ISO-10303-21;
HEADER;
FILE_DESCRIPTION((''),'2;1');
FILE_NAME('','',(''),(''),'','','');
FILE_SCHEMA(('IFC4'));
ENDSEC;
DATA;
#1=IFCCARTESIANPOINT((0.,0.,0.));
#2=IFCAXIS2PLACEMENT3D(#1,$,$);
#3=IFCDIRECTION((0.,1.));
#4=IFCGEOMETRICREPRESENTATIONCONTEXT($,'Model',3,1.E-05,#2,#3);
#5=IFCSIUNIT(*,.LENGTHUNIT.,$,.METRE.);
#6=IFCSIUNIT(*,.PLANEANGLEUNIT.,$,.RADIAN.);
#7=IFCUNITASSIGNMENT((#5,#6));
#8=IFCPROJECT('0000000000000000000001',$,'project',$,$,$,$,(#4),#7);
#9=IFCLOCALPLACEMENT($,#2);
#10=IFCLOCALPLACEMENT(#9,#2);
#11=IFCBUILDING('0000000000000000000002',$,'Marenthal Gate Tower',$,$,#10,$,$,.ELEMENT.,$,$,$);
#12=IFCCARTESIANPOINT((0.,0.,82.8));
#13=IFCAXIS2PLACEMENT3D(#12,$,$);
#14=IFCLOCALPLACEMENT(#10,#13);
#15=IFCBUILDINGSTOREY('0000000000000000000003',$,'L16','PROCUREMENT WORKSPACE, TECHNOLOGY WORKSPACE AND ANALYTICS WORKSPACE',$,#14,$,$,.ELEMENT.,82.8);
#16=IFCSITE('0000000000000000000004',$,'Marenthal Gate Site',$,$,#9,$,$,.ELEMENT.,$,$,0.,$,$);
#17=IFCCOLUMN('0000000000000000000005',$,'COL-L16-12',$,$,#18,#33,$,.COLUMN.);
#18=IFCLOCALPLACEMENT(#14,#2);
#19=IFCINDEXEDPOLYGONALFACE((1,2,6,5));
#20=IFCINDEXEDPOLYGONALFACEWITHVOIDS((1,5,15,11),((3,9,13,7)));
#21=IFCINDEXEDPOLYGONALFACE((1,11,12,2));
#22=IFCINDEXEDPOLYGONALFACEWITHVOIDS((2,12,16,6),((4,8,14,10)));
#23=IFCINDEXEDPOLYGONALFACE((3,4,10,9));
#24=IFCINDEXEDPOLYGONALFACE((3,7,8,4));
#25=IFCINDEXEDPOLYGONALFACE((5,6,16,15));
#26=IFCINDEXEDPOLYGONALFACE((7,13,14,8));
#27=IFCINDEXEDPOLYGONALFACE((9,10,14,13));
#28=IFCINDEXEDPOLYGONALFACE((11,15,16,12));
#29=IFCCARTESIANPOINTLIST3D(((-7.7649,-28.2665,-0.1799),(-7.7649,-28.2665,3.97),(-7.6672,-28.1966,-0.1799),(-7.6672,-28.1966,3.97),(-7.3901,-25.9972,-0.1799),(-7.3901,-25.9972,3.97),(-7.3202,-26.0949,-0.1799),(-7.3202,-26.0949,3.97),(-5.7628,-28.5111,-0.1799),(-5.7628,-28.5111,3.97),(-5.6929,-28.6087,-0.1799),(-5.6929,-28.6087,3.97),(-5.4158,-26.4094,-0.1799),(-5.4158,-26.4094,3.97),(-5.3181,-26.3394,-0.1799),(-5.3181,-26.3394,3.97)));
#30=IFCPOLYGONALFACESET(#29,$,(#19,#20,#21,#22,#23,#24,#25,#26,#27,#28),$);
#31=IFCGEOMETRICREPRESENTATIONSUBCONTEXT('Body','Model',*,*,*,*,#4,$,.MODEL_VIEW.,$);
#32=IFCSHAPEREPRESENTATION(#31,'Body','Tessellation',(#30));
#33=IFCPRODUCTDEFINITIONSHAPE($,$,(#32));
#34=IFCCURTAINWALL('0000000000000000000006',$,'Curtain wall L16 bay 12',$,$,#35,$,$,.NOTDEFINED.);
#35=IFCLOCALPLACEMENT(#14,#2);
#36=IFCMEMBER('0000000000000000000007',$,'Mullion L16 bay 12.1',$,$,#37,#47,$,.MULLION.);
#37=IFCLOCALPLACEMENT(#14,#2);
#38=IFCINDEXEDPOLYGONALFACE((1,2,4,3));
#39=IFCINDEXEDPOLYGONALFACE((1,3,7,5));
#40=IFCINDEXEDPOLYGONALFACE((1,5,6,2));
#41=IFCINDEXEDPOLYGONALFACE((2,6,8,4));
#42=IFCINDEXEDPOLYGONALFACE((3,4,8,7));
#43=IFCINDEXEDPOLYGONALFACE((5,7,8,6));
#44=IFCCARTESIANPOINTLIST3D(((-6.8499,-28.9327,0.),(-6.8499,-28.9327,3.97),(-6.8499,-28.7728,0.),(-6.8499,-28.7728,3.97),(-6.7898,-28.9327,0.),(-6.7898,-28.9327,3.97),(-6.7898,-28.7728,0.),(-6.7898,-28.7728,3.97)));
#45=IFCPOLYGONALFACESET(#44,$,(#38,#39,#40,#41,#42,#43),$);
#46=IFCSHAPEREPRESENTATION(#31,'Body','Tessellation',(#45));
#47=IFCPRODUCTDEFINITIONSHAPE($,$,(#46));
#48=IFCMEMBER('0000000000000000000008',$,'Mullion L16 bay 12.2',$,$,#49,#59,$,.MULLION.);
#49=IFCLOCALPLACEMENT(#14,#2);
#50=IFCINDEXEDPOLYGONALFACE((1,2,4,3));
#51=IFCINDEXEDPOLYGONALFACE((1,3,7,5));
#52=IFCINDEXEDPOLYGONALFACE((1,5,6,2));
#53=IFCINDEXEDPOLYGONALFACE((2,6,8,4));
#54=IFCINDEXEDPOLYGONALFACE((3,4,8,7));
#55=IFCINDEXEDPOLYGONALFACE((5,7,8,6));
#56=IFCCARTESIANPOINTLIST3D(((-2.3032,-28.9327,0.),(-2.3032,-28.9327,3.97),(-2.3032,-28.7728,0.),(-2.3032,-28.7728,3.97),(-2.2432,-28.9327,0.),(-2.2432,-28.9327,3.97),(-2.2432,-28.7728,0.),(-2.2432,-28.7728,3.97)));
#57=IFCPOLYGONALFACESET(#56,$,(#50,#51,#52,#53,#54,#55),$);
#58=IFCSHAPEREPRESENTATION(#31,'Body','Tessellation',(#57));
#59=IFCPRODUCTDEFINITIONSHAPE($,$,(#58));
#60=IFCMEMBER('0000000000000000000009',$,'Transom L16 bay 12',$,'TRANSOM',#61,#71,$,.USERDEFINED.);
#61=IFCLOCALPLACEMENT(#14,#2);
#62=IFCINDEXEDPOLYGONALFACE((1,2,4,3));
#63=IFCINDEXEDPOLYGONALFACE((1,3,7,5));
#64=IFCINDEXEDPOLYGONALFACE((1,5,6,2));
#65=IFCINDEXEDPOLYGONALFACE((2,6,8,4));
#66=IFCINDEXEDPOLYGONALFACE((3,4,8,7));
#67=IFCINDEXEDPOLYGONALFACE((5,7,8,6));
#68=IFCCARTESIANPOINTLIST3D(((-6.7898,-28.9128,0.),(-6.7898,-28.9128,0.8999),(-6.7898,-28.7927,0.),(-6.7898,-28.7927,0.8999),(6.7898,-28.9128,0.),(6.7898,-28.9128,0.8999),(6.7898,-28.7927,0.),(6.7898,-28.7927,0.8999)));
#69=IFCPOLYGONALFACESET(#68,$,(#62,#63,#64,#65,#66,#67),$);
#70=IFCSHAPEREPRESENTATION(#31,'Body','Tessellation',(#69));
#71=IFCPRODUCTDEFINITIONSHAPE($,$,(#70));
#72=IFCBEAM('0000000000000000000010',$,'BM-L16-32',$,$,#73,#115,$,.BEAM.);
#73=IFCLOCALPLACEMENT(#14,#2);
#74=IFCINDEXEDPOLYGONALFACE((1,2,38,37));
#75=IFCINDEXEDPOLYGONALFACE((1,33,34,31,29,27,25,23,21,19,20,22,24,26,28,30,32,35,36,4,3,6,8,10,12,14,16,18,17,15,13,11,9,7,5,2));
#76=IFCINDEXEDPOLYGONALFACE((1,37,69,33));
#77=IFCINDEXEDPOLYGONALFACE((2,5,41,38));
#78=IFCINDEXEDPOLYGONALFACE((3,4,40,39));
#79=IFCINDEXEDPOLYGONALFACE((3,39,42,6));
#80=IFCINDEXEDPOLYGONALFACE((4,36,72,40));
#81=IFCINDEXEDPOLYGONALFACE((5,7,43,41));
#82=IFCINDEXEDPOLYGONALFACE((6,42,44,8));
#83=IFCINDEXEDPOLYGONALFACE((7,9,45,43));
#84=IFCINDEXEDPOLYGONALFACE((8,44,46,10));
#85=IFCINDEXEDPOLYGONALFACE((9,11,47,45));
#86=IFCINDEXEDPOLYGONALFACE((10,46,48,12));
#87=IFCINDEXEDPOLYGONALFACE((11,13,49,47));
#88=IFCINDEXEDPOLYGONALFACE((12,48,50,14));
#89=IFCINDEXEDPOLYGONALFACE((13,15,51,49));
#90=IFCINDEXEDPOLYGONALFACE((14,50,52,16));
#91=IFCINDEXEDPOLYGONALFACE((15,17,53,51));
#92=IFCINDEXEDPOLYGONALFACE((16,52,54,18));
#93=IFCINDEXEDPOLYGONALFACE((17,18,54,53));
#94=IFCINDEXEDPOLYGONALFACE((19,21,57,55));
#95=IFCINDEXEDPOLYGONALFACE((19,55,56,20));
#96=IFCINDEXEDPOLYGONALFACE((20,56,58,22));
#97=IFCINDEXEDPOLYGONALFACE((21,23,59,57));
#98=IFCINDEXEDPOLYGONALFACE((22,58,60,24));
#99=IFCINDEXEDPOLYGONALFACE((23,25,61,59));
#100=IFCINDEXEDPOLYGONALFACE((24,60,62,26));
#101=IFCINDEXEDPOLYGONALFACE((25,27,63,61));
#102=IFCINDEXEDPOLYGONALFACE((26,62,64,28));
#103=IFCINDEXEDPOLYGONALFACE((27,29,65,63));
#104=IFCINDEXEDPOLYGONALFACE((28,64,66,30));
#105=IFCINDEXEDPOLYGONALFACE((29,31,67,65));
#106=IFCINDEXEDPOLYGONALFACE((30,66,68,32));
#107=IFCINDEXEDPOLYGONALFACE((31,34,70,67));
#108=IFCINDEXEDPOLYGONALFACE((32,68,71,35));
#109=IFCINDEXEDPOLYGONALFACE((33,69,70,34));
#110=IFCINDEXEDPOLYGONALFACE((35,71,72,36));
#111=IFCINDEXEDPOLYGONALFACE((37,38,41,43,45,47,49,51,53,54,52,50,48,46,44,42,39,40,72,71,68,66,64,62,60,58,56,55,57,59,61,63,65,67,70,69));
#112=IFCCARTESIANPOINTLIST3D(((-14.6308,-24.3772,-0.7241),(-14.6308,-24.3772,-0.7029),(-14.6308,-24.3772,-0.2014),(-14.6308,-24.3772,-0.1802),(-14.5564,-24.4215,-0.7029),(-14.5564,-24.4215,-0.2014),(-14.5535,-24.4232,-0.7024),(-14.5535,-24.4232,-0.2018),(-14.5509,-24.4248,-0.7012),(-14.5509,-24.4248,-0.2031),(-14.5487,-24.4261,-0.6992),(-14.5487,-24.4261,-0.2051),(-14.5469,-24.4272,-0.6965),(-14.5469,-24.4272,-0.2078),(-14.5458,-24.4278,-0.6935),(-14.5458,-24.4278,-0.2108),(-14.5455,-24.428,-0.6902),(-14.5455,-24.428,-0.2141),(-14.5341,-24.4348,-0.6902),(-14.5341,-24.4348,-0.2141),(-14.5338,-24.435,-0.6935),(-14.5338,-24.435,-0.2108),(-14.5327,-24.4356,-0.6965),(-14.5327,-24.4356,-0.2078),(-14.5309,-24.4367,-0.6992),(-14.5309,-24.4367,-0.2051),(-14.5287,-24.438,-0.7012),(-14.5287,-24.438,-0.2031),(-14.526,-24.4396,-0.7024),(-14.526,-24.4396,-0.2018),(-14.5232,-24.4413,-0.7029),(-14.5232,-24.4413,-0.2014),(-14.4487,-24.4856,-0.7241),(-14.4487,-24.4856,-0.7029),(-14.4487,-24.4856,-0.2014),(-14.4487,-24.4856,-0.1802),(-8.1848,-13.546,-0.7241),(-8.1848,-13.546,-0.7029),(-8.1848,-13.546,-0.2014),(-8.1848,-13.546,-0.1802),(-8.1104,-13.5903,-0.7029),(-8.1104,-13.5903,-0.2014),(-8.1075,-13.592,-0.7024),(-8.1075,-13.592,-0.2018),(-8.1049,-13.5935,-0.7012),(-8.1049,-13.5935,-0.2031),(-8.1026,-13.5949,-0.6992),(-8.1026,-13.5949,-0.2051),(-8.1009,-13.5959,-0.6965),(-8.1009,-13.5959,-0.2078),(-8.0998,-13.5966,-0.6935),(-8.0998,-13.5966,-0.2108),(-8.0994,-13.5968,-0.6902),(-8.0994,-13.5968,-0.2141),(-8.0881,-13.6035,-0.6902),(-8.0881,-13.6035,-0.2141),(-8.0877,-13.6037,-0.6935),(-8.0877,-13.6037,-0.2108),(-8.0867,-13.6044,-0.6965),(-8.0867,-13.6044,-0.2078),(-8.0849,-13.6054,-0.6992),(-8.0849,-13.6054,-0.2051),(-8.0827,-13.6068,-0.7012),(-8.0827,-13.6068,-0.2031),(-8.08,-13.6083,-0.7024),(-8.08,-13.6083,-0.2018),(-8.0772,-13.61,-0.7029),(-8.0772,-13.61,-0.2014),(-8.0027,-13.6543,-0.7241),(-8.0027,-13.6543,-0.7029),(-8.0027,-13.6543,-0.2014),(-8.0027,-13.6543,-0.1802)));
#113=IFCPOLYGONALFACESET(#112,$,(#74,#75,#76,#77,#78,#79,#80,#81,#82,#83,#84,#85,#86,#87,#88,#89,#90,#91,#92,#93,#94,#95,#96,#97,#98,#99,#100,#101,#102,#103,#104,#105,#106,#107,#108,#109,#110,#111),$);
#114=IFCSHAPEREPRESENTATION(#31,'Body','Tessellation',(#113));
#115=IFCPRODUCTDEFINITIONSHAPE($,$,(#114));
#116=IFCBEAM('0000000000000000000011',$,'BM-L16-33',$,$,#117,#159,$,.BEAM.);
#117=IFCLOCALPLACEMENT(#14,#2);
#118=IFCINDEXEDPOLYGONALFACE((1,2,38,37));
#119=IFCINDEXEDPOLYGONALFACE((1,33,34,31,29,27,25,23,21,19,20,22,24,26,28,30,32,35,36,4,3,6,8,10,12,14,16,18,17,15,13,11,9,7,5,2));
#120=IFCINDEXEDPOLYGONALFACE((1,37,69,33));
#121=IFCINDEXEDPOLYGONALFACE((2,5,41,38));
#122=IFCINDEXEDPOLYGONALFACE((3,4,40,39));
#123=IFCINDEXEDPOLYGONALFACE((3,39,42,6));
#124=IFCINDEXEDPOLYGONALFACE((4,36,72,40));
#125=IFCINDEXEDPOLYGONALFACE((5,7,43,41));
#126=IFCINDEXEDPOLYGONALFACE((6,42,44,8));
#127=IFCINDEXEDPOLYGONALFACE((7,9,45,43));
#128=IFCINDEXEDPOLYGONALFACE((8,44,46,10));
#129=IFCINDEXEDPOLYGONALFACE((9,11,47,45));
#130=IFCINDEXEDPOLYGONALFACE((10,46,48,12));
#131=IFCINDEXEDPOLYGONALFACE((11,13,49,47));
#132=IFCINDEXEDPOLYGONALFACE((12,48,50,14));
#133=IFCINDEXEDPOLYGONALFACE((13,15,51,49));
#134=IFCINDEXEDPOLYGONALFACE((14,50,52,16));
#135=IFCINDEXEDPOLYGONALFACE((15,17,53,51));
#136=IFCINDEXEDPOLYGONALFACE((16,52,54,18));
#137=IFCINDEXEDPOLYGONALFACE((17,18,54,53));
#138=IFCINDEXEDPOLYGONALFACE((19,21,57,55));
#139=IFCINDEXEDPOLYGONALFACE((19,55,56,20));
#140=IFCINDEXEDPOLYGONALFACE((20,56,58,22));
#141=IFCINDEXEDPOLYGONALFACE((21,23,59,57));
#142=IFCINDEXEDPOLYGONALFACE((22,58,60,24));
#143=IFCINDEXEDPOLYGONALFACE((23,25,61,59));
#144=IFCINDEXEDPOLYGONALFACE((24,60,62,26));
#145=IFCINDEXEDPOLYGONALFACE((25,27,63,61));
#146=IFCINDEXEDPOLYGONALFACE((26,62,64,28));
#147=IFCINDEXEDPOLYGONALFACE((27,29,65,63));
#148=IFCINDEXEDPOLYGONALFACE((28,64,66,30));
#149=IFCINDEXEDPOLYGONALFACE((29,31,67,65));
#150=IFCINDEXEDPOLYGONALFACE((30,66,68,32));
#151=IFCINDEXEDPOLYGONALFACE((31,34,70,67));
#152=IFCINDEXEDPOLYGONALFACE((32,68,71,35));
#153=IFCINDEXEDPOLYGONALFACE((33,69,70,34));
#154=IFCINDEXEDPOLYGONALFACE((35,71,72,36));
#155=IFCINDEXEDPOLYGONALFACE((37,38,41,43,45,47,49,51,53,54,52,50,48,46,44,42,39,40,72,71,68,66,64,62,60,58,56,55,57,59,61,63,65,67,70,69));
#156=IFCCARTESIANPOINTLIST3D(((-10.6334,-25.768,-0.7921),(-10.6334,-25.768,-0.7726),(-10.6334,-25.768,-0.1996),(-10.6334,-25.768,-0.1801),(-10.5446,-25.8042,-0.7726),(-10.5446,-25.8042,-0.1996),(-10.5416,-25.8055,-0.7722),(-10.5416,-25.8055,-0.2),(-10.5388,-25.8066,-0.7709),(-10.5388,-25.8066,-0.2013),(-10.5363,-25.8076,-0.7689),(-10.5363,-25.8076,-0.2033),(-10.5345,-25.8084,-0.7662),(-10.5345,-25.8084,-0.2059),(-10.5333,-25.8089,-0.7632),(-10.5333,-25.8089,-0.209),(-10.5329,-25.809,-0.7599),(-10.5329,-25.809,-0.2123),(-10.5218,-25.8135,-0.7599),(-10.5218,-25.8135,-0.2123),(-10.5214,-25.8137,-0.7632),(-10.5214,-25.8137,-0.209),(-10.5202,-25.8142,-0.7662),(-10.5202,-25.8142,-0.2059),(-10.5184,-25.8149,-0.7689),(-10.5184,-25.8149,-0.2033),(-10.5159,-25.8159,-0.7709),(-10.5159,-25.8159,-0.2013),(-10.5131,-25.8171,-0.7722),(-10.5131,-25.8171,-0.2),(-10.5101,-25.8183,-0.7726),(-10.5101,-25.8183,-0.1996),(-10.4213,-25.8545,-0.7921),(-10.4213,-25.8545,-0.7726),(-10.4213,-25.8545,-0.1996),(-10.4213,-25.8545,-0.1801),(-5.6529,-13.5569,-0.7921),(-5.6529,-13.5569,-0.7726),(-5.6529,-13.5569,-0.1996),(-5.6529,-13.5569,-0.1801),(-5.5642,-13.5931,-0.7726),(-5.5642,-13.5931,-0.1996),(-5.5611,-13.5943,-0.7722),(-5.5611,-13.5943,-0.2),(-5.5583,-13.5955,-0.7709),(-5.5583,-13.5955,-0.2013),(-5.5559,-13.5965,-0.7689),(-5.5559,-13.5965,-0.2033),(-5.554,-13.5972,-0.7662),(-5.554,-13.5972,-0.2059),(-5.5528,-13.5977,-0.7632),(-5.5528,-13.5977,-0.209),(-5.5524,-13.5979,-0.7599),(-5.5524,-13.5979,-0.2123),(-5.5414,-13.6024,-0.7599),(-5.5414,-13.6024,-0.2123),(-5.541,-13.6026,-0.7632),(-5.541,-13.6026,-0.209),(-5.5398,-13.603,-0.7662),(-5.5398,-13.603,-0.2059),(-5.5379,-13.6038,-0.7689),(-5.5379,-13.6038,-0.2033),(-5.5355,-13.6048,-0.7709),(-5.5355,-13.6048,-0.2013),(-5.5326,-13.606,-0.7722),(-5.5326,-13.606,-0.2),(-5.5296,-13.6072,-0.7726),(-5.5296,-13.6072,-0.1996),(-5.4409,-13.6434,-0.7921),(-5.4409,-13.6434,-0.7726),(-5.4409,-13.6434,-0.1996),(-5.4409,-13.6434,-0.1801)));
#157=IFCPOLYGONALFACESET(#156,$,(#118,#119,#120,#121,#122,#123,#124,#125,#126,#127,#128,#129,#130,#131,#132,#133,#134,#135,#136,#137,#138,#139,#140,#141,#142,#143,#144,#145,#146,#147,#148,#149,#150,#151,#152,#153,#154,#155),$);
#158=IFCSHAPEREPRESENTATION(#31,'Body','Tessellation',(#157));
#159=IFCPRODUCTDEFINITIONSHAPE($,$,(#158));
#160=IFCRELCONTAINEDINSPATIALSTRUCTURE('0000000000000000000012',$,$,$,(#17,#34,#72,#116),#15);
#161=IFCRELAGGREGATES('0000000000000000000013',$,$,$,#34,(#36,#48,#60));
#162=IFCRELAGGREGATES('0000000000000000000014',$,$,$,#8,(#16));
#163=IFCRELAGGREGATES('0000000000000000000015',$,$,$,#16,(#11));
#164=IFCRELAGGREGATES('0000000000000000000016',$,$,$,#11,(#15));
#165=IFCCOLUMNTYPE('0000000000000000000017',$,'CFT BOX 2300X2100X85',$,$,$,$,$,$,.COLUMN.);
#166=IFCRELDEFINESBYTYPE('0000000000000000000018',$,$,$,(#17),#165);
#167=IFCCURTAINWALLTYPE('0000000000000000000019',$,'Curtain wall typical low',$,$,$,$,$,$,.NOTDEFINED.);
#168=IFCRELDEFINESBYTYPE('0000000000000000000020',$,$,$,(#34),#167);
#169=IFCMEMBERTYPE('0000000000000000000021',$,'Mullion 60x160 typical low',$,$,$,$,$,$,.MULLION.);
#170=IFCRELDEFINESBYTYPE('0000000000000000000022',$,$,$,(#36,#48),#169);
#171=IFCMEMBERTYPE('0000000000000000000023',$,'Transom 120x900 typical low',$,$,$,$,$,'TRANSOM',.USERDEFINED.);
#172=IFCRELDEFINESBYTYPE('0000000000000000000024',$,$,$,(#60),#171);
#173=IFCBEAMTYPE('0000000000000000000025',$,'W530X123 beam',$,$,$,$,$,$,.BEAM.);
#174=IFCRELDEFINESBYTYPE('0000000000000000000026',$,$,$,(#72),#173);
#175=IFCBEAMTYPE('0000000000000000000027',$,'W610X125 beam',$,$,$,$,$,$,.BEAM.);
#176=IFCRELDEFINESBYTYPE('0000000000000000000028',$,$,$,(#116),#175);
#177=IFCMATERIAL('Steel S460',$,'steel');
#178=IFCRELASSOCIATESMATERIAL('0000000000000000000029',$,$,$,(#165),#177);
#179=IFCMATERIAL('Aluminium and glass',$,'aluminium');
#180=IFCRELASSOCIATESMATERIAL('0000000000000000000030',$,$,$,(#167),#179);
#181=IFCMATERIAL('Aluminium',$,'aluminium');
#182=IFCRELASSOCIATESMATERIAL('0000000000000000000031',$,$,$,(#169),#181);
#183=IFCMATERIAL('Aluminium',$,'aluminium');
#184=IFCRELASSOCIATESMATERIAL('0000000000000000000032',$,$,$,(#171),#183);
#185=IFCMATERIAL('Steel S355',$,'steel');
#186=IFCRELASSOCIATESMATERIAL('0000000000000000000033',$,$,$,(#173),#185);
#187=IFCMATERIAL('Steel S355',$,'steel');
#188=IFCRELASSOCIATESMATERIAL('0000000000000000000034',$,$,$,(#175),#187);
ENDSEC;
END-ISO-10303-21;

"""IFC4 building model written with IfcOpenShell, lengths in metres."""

from ifc_helpers import new_model, si_unit, direction, frame, origin, origin_2d, place, context, subcontext, project, spatial, rectangle, hollow_rectangle, i_section, extrude, material, material_profile, profile_set, type_object, element, aggregate, save


model = new_model("IFC4")

# Units and contexts
model_context = context("Model", 3, precision=1e-05, world=origin(), true_north=direction((0.0, 1.0)))
body_context = subcontext(model_context, "Body", "Model", "MODEL_VIEW")
ifc_project = project(units=[si_unit("LENGTHUNIT", "METRE"), si_unit("PLANEANGLEUNIT", "RADIAN")], contexts=[model_context])

# Site, building, storey
site_placement = place(None, origin())
site = spatial("IfcSite", under=ifc_project, at=site_placement, Name="Marenthal Gate Site", CompositionType="ELEMENT", RefElevation=0.0)
building_placement = place(site_placement, origin())
building = spatial("IfcBuilding", under=site, at=building_placement, Name="Marenthal Gate Tower", CompositionType="ELEMENT")
storey_placement = place(building_placement, frame((0.0, 0.0, 82.8)))
storey = spatial("IfcBuildingStorey", under=building, at=storey_placement, Name="L16", Description="PROCUREMENT WORKSPACE, TECHNOLOGY WORKSPACE AND ANALYTICS WORKSPACE", CompositionType="ELEMENT", Elevation=82.8)

# Column
ifc_material_1 = material(Name="Steel S460", Category="steel")
ifc_material_profile_1 = material_profile(ifc_material_1, hollow_rectangle(XDim=2.1001, YDim=2.3, WallThickness=0.085, at=origin_2d()), Name="CFT BOX 2300X2100X85")
ifc_material_2 = material(Name="Concrete 70 MPa", Category="concrete")
ifc_material_profile_2 = material_profile(ifc_material_2, rectangle(XDim=1.9299, YDim=2.1299, at=origin_2d()), Name="CFT BOX 2300X2100X85 INFILL")
ifc_profile_set_1 = profile_set([ifc_material_profile_1, ifc_material_profile_2], Name="Steel S460 shell, Concrete 70 MPa infill")
column_type = type_object("IfcColumnType", Name="CFT BOX 2300X2100X85", PredefinedType="COLUMN", material=ifc_profile_set_1)
column_placement = place(storey_placement, frame((-6.5415, -27.303, -0.1799), z_axis=(0.0, 0.0, 1.0), x_axis=(-0.986637, 0.162933, 0.0)))
element("IfcColumn", 1, at=column_placement, inside=storey, type_object=column_type, Name="COL-L16-12", PredefinedType="COLUMN", context=body_context, shape_type="SweptSolid", body=[
    extrude(hollow_rectangle(XDim=2.1001, YDim=2.3, WallThickness=0.085, at=origin_2d()), origin(), (0.0, 0.0, 1.0), 4.1499),
])

# Curtain wall, members
ifc_material_3 = material(Name="Aluminium and glass", Category="aluminium")
curtain_wall_type = type_object("IfcCurtainWallType", Name="Curtain wall typical low", PredefinedType="NOTDEFINED", material=ifc_material_3)
curtain_wall_placement = place(storey_placement, origin())
curtain_wall = element("IfcCurtainWall", 2, at=curtain_wall_placement, inside=storey, type_object=curtain_wall_type, Name="Curtain wall L16 bay 12", PredefinedType="NOTDEFINED")
ifc_material_4 = material(Name="Aluminium", Category="aluminium")
ifc_material_profile_3 = material_profile(ifc_material_4, rectangle(XDim=0.1599, YDim=0.0601, at=origin_2d()), Name="60x160 aluminium mullion")
ifc_profile_set_2 = profile_set([ifc_material_profile_3], Name="Aluminium")
member_type_1 = type_object("IfcMemberType", Name="Mullion 60x160 typical low", PredefinedType="MULLION", material=ifc_profile_set_2)
member_1_placement = place(storey_placement, frame((-6.8198, -28.8528, 0.0), z_axis=(0.0, 0.0, 1.0), x_axis=(0.0, 1.0, 0.0)))
member_1 = element("IfcMember", 3, at=member_1_placement, type_object=member_type_1, Name="Mullion L16 bay 12.1", PredefinedType="MULLION", context=body_context, shape_type="SweptSolid", body=[
    extrude(rectangle(XDim=0.1599, YDim=0.0601, at=origin_2d()), origin(), (0.0, 0.0, 1.0), 3.97),
])
member_2_placement = place(storey_placement, frame((-2.2732, -28.8528, 0.0), z_axis=(0.0, 0.0, 1.0), x_axis=(0.0, 1.0, 0.0)))
member_2 = element("IfcMember", 4, at=member_2_placement, type_object=member_type_1, Name="Mullion L16 bay 12.2", PredefinedType="MULLION", context=body_context, shape_type="SweptSolid", body=[
    extrude(rectangle(XDim=0.1599, YDim=0.0601, at=origin_2d()), origin(), (0.0, 0.0, 1.0), 3.97),
])
ifc_material_5 = material(Name="Aluminium", Category="aluminium")
ifc_material_profile_4 = material_profile(ifc_material_5, rectangle(XDim=0.1201, YDim=0.8999, at=origin_2d()), Name="120x900 aluminium transom")
ifc_profile_set_3 = profile_set([ifc_material_profile_4], Name="Aluminium")
member_type_2 = type_object("IfcMemberType", Name="Transom 120x900 typical low", ElementType="TRANSOM", PredefinedType="USERDEFINED", material=ifc_profile_set_3)
member_3_placement = place(storey_placement, frame((-6.7898, -28.8528, 0.45), z_axis=(1.0, 0.0, 0.0), x_axis=(0.0, 1.0, 0.0)))
member_3 = element("IfcMember", 5, at=member_3_placement, type_object=member_type_2, Name="Transom L16 bay 12", ObjectType="TRANSOM", PredefinedType="USERDEFINED", context=body_context, shape_type="SweptSolid", body=[
    extrude(rectangle(XDim=0.1201, YDim=0.8999, at=origin_2d()), origin(), (0.0, 0.0, 1.0), 13.5796),
])

# Beams
ifc_material_6 = material(Name="Steel S355", Category="steel")
ifc_material_profile_5 = material_profile(ifc_material_6, i_section(OverallWidth=0.2119, OverallDepth=0.5439, WebThickness=0.0132, FlangeThickness=0.0212, FilletRadius=0.0127, at=origin_2d()), Name="W530X123")
ifc_profile_set_4 = profile_set([ifc_material_profile_5], Name="Steel S355")
beam_type_1 = type_object("IfcBeamType", Name="W530X123 beam", PredefinedType="BEAM", material=ifc_profile_set_4)
beam_1_placement = place(storey_placement, frame((-14.5398, -24.4314, -0.4521), z_axis=(0.511416, 0.859333, 0.0), x_axis=(-0.859333, 0.511416, 0.0)))
element("IfcBeam", 6, at=beam_1_placement, inside=storey, type_object=beam_type_1, Name="BM-L16-32", PredefinedType="BEAM", context=body_context, shape_type="SweptSolid", body=[
    extrude(i_section(OverallWidth=0.2119, OverallDepth=0.5439, WebThickness=0.0132, FlangeThickness=0.0212, FilletRadius=0.0127, at=origin_2d()), origin(), (0.0, 0.0, 1.0), 12.6042),
])
ifc_material_7 = material(Name="Steel S355", Category="steel")
ifc_material_profile_6 = material_profile(ifc_material_7, i_section(OverallWidth=0.229, OverallDepth=0.6121, WebThickness=0.012, FlangeThickness=0.0195, FilletRadius=0.0127, at=origin_2d()), Name="W610X125")
ifc_profile_set_5 = profile_set([ifc_material_profile_6], Name="Steel S355")
beam_type_2 = type_object("IfcBeamType", Name="W610X125 beam", PredefinedType="BEAM", material=ifc_profile_set_5)
beam_2_placement = place(storey_placement, frame((-10.5273, -25.8113, -0.4861), z_axis=(0.377657, 0.925945, 0.0), x_axis=(-0.925945, 0.377657, 0.0)))
element("IfcBeam", 7, at=beam_2_placement, inside=storey, type_object=beam_type_2, Name="BM-L16-33", PredefinedType="BEAM", context=body_context, shape_type="SweptSolid", body=[
    extrude(i_section(OverallWidth=0.229, OverallDepth=0.6121, WebThickness=0.012, FlangeThickness=0.0195, FilletRadius=0.0127, at=origin_2d()), origin(), (0.0, 0.0, 1.0), 13.1877),
])

aggregate(curtain_wall, [member_1, member_2, member_3])

save(model, "model.ifc")
